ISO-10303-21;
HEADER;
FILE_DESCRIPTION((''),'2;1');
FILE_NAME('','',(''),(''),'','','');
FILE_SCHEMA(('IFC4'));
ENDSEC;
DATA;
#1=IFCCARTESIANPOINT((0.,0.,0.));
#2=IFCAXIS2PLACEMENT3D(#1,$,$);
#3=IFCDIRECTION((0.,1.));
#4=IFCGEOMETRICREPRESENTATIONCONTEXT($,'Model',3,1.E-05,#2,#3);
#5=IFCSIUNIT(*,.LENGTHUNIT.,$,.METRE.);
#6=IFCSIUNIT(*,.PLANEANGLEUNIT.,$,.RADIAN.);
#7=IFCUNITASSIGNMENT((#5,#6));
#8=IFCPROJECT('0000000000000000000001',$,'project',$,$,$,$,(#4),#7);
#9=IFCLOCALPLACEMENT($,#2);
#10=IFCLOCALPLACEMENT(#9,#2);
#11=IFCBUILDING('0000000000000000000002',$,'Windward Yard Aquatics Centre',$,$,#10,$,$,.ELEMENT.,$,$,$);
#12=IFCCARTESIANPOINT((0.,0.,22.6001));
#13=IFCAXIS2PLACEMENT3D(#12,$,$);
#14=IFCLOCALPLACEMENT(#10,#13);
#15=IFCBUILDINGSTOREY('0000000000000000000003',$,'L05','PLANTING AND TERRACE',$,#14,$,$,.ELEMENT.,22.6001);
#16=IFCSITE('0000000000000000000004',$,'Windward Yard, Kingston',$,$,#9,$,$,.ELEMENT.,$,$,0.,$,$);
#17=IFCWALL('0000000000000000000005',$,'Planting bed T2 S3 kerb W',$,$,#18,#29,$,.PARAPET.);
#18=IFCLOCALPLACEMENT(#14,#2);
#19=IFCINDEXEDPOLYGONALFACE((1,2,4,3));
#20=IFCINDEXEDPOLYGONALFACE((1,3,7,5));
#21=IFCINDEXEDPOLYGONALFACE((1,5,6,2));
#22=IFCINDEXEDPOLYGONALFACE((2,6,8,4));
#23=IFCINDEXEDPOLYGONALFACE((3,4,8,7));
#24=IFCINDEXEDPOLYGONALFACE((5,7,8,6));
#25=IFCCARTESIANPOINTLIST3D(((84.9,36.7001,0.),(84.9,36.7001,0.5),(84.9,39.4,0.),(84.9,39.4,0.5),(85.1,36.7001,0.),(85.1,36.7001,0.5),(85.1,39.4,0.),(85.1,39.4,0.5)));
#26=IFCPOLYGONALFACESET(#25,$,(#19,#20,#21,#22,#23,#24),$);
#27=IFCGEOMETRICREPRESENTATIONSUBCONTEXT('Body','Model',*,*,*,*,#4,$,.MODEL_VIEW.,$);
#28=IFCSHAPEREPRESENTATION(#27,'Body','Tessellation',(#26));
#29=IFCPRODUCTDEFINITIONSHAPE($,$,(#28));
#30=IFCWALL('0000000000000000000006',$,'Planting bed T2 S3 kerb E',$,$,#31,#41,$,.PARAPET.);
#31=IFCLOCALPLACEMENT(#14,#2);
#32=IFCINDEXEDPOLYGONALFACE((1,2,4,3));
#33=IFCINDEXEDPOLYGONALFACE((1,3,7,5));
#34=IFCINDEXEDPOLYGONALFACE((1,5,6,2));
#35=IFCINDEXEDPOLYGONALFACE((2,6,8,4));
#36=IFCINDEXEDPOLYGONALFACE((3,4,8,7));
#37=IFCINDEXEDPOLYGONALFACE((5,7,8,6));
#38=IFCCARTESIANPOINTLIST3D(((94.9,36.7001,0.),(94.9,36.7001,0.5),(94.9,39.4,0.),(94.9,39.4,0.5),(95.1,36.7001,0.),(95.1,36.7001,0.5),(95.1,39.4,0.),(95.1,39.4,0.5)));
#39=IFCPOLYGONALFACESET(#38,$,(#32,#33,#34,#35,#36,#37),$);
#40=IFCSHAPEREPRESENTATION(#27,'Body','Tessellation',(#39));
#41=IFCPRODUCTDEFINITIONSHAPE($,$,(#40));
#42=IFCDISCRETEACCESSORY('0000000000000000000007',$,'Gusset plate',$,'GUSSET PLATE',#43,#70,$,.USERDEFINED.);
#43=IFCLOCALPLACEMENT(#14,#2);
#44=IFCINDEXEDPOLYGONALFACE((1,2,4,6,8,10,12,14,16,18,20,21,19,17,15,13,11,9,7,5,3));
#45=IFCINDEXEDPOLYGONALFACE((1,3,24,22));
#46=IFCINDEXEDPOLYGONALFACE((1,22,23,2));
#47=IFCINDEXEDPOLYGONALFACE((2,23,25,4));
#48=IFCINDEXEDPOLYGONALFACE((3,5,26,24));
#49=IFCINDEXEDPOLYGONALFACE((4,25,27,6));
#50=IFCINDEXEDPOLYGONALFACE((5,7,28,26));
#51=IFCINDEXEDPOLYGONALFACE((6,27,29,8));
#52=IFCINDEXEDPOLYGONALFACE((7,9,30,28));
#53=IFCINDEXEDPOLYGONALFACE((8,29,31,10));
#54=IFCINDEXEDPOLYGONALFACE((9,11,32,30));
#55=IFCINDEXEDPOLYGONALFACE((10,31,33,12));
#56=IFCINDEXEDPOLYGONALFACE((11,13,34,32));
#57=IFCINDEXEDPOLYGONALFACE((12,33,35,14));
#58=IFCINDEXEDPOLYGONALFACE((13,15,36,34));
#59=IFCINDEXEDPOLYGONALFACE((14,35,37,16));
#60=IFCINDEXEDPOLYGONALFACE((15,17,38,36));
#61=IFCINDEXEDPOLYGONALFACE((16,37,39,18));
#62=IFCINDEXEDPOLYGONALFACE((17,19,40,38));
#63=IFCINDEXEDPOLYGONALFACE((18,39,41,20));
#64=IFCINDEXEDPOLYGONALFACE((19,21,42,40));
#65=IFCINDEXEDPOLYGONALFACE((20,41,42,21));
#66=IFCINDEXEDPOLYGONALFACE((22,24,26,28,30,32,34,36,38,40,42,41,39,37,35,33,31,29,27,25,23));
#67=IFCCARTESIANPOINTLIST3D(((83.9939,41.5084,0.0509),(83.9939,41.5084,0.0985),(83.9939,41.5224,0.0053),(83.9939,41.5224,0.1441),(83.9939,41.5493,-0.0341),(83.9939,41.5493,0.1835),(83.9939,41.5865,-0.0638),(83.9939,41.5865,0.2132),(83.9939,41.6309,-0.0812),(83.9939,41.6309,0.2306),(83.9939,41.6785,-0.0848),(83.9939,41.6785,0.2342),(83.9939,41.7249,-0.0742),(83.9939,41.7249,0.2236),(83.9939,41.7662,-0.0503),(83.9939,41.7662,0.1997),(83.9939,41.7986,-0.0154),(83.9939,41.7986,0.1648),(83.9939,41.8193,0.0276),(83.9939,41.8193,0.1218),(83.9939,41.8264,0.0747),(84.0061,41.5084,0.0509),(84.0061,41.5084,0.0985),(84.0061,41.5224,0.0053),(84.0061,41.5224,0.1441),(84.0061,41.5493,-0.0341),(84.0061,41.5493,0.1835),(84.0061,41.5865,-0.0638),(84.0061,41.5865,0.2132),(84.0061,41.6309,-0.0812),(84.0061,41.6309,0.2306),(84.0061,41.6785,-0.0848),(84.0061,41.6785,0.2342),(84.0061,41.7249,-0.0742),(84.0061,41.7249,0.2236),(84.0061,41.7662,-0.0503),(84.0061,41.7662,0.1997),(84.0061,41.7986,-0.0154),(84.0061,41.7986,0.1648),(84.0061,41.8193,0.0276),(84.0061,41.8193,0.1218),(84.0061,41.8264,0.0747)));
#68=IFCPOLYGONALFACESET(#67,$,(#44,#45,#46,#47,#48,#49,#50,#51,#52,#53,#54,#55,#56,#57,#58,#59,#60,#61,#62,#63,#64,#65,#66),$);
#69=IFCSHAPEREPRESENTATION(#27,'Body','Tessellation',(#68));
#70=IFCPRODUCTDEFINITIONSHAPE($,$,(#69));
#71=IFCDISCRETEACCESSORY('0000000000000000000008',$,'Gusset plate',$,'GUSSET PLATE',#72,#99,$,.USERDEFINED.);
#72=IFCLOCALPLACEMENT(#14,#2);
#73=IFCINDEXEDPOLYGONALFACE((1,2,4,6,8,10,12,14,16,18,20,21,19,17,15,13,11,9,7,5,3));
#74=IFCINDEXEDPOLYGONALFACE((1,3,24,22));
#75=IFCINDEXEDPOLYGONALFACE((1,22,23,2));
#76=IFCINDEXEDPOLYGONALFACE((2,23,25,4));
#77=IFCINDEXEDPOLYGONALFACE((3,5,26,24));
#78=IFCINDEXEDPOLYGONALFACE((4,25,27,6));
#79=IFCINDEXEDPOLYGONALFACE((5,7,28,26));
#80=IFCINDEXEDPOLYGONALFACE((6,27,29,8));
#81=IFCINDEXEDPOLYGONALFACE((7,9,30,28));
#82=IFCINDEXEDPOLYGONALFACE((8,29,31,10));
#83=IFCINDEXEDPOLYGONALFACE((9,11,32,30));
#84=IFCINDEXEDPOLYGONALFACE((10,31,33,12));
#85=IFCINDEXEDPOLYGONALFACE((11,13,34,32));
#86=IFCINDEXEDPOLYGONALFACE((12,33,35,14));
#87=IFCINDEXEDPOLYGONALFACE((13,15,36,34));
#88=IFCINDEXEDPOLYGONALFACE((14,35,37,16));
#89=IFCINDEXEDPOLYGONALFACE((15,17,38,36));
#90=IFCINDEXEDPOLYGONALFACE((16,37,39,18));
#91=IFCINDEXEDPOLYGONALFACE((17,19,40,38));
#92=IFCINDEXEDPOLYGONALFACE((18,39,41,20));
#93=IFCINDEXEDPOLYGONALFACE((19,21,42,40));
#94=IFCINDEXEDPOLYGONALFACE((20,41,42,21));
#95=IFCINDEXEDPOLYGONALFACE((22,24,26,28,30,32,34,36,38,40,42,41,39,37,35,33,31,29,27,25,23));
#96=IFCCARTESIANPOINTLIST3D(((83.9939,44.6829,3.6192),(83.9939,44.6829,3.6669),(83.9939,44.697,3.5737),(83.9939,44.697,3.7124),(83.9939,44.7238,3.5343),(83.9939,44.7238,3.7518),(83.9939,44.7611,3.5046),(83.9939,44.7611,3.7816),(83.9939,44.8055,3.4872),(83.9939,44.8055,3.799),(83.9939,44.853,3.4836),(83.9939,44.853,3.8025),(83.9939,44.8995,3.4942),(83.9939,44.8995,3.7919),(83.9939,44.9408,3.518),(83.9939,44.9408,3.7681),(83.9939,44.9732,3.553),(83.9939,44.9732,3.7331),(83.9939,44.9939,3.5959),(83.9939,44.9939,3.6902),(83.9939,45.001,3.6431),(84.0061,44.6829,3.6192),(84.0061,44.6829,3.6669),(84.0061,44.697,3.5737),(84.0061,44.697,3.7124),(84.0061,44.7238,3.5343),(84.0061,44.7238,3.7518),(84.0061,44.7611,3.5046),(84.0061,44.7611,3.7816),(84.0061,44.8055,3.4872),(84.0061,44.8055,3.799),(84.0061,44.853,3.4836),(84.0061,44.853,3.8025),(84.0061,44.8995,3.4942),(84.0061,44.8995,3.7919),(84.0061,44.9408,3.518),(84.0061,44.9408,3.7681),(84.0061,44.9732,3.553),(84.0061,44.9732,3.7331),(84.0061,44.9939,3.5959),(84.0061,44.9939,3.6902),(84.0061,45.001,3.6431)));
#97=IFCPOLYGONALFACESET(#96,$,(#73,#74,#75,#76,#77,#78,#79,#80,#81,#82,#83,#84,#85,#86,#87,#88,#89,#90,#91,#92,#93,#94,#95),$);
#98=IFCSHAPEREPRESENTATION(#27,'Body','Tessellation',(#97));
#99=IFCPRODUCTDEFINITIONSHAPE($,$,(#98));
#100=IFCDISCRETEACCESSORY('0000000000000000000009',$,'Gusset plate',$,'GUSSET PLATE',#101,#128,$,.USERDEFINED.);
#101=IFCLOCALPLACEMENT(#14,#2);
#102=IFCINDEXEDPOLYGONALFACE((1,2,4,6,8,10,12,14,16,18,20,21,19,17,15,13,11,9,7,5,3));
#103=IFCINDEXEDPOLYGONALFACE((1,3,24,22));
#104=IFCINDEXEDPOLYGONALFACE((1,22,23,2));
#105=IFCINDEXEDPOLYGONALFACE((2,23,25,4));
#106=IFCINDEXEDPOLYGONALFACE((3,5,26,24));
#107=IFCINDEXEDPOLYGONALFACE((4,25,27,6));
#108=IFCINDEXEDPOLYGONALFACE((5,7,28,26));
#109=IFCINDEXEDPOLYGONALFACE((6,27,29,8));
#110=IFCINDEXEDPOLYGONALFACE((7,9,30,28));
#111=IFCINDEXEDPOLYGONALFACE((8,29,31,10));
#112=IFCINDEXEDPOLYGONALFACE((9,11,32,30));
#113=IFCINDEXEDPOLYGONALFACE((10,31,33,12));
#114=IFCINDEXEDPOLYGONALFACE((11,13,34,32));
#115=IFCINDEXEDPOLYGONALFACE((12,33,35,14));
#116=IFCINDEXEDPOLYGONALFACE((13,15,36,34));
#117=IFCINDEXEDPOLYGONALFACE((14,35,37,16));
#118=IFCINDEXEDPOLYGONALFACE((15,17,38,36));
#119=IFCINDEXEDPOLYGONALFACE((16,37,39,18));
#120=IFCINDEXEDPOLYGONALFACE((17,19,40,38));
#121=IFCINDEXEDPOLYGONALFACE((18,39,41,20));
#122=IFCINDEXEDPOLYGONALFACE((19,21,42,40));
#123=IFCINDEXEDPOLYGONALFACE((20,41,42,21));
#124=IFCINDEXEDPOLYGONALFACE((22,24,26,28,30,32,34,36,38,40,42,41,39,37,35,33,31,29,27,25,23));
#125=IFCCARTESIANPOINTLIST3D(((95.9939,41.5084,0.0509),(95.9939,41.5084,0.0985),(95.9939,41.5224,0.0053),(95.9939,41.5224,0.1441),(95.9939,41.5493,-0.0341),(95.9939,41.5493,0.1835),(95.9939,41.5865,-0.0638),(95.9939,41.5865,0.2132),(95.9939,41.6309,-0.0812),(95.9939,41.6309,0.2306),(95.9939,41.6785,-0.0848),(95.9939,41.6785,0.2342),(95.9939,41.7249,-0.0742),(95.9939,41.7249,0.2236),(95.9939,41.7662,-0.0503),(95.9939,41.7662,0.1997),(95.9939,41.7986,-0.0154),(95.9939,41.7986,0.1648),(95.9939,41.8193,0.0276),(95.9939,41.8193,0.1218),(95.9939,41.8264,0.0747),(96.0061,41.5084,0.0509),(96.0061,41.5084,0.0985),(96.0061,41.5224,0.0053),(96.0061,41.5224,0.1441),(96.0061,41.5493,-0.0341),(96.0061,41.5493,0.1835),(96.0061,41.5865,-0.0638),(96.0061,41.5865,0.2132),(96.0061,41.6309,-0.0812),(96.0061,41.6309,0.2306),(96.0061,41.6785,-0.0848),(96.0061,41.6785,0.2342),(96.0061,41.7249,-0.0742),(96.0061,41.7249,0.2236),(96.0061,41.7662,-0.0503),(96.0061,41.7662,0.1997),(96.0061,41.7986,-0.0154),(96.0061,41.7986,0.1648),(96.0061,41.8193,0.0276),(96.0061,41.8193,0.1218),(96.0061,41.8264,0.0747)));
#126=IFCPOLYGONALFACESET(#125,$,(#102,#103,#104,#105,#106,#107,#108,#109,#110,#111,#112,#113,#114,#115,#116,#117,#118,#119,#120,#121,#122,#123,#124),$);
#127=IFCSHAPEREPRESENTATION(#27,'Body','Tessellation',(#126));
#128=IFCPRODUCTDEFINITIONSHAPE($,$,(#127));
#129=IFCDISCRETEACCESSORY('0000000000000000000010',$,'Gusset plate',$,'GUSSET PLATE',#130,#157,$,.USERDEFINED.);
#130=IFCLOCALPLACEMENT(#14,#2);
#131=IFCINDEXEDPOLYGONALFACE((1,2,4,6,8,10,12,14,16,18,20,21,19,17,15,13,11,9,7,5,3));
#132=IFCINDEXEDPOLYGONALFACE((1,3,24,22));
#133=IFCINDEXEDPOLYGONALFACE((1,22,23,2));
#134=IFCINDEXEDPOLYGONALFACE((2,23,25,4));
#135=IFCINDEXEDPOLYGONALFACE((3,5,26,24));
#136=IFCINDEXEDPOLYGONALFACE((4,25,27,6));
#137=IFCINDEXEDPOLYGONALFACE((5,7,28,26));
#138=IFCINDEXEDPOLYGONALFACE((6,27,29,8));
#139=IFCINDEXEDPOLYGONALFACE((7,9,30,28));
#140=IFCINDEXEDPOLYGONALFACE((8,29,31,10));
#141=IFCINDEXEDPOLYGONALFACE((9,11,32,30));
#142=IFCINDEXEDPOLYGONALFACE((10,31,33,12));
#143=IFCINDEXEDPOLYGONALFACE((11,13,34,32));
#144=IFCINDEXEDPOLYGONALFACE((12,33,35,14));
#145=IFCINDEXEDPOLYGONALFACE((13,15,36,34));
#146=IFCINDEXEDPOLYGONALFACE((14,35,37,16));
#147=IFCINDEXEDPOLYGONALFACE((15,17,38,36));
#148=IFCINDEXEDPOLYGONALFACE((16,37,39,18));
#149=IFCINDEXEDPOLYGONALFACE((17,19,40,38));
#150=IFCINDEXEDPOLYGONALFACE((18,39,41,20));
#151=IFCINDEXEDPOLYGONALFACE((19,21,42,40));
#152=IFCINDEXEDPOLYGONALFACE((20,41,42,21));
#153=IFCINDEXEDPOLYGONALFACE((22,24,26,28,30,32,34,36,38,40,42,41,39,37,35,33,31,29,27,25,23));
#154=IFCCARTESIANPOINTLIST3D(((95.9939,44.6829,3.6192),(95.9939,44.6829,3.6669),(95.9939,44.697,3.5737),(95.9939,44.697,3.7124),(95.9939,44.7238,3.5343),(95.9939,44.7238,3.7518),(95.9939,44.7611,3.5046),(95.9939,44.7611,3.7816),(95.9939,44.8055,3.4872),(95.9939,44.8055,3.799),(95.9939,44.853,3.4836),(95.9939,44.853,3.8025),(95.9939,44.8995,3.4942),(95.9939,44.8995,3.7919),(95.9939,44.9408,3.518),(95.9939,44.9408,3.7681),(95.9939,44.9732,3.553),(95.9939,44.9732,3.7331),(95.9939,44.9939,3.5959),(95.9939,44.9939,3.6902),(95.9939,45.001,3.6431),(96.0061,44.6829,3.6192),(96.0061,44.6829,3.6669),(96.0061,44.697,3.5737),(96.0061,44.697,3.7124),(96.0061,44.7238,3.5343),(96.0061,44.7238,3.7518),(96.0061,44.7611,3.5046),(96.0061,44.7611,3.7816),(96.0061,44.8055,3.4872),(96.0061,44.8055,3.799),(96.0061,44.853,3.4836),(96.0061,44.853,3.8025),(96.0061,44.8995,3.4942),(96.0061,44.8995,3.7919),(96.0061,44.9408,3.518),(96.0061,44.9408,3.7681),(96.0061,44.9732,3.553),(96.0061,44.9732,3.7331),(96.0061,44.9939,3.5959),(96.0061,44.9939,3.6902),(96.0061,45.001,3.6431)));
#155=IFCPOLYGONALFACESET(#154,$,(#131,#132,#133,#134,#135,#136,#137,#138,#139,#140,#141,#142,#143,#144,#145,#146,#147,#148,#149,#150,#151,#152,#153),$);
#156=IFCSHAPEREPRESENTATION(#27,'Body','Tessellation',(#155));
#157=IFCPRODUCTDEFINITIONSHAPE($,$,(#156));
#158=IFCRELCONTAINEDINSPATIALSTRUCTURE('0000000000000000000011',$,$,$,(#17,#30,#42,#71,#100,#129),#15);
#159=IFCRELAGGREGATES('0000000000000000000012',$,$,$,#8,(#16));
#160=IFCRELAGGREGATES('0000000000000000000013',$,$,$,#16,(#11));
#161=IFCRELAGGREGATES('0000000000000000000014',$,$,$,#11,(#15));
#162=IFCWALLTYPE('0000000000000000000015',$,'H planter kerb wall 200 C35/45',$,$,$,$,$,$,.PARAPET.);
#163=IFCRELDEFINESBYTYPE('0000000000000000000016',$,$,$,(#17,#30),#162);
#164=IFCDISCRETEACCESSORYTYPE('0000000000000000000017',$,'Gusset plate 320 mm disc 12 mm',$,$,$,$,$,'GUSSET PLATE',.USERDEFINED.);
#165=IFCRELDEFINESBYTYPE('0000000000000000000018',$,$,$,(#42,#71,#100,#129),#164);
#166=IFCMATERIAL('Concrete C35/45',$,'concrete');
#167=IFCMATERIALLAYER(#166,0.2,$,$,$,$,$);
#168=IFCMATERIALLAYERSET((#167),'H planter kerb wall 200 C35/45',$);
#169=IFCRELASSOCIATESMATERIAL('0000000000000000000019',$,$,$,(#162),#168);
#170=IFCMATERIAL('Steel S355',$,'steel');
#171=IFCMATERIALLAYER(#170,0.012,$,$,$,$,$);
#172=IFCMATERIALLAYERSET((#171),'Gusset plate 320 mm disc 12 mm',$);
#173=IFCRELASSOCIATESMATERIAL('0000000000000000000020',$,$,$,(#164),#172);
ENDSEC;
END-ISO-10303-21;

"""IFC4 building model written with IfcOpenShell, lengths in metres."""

from ifc_helpers import new_model, si_unit, direction, frame, frame_2d, origin, origin_2d, place, context, subcontext, project, spatial, rectangle, circle, extrude, material, layer, layer_set, type_object, element, save


model = new_model("IFC4")

# Units and contexts
model_context = context("Model", 3, precision=1e-05, world=origin(), true_north=direction((0.0, 1.0)))
body_context = subcontext(model_context, "Body", "Model", "MODEL_VIEW")
ifc_project = project(units=[si_unit("LENGTHUNIT", "METRE"), si_unit("PLANEANGLEUNIT", "RADIAN")], contexts=[model_context])

# Site, building, storey
site_placement = place(None, origin())
site = spatial("IfcSite", under=ifc_project, at=site_placement, Name="Windward Yard, Kingston", CompositionType="ELEMENT", RefElevation=0.0)
building_placement = place(site_placement, origin())
building = spatial("IfcBuilding", under=site, at=building_placement, Name="Windward Yard Aquatics Centre", CompositionType="ELEMENT")
storey_placement = place(building_placement, frame((0.0, 0.0, 22.6001)))
storey = spatial("IfcBuildingStorey", under=building, at=storey_placement, Name="L05", Description="PLANTING AND TERRACE", CompositionType="ELEMENT", Elevation=22.6001)

# Walls
ifc_material_1 = material(Name="Concrete C35/45", Category="concrete")
ifc_layer_1 = layer(ifc_material_1, 0.2)
ifc_layer_set_1 = layer_set([ifc_layer_1], Name="H planter kerb wall 200 C35/45")
wall_type = type_object("IfcWallType", Name="H planter kerb wall 200 C35/45", PredefinedType="PARAPET", material=ifc_layer_set_1)
for number, where, z_axis, x_axis, name in (
    (1, (85.0, 36.7, 0.0), (0.0, 0.0, 1.0), (0.0, 1.0, 0.0), "Planting bed T2 S3 kerb W"),
    (2, (95.0, 36.7, 0.0), (0.0, 0.0, 1.0), (0.0, 1.0, 0.0), "Planting bed T2 S3 kerb E"),
):
    element("IfcWall", number, at=place(storey_placement, frame(where, z_axis=z_axis, x_axis=x_axis)), inside=storey, type_object=wall_type, Name=name, PredefinedType="PARAPET", context=body_context, shape_type="SweptSolid", body=[
        extrude(rectangle(XDim=2.7, YDim=0.2, at=frame_2d((1.3501, 0.0))), origin(), (0.0, 0.0, 1.0), 0.5),
    ])

# Discrete accessories
ifc_material_2 = material(Name="Steel S355", Category="steel")
ifc_layer_2 = layer(ifc_material_2, 0.012)
ifc_layer_set_2 = layer_set([ifc_layer_2], Name="Gusset plate 320 mm disc 12 mm")
discrete_accessory_type = type_object("IfcDiscreteAccessoryType", Name="Gusset plate 320 mm disc 12 mm", ElementType="GUSSET PLATE", PredefinedType="USERDEFINED", material=ifc_layer_set_2)
for number, where, z_axis, x_axis, name in (
    (3, (83.9939, 41.6665, 0.0747), (1.0, 0.0, 0.0), (0.0, 1.0, 0.0), "Gusset plate"),
    (4, (83.9939, 44.8411, 3.6431), (1.0, 0.0, 0.0), (0.0, 1.0, 0.0), "Gusset plate"),
    (5, (95.9939, 41.6665, 0.0747), (1.0, 0.0, 0.0), (0.0, 1.0, 0.0), "Gusset plate"),
    (6, (95.9939, 44.8411, 3.6431), (1.0, 0.0, 0.0), (0.0, 1.0, 0.0), "Gusset plate"),
):
    element("IfcDiscreteAccessory", number, at=place(storey_placement, frame(where, z_axis=z_axis, x_axis=x_axis)), inside=storey, type_object=discrete_accessory_type, Name=name, ObjectType="GUSSET PLATE", PredefinedType="USERDEFINED", context=body_context, shape_type="SweptSolid", body=[
        extrude(circle(Radius=0.1599, at=origin_2d()), origin(), (0.0, 0.0, 1.0), 0.0122),
    ])

save(model, "model.ifc")
